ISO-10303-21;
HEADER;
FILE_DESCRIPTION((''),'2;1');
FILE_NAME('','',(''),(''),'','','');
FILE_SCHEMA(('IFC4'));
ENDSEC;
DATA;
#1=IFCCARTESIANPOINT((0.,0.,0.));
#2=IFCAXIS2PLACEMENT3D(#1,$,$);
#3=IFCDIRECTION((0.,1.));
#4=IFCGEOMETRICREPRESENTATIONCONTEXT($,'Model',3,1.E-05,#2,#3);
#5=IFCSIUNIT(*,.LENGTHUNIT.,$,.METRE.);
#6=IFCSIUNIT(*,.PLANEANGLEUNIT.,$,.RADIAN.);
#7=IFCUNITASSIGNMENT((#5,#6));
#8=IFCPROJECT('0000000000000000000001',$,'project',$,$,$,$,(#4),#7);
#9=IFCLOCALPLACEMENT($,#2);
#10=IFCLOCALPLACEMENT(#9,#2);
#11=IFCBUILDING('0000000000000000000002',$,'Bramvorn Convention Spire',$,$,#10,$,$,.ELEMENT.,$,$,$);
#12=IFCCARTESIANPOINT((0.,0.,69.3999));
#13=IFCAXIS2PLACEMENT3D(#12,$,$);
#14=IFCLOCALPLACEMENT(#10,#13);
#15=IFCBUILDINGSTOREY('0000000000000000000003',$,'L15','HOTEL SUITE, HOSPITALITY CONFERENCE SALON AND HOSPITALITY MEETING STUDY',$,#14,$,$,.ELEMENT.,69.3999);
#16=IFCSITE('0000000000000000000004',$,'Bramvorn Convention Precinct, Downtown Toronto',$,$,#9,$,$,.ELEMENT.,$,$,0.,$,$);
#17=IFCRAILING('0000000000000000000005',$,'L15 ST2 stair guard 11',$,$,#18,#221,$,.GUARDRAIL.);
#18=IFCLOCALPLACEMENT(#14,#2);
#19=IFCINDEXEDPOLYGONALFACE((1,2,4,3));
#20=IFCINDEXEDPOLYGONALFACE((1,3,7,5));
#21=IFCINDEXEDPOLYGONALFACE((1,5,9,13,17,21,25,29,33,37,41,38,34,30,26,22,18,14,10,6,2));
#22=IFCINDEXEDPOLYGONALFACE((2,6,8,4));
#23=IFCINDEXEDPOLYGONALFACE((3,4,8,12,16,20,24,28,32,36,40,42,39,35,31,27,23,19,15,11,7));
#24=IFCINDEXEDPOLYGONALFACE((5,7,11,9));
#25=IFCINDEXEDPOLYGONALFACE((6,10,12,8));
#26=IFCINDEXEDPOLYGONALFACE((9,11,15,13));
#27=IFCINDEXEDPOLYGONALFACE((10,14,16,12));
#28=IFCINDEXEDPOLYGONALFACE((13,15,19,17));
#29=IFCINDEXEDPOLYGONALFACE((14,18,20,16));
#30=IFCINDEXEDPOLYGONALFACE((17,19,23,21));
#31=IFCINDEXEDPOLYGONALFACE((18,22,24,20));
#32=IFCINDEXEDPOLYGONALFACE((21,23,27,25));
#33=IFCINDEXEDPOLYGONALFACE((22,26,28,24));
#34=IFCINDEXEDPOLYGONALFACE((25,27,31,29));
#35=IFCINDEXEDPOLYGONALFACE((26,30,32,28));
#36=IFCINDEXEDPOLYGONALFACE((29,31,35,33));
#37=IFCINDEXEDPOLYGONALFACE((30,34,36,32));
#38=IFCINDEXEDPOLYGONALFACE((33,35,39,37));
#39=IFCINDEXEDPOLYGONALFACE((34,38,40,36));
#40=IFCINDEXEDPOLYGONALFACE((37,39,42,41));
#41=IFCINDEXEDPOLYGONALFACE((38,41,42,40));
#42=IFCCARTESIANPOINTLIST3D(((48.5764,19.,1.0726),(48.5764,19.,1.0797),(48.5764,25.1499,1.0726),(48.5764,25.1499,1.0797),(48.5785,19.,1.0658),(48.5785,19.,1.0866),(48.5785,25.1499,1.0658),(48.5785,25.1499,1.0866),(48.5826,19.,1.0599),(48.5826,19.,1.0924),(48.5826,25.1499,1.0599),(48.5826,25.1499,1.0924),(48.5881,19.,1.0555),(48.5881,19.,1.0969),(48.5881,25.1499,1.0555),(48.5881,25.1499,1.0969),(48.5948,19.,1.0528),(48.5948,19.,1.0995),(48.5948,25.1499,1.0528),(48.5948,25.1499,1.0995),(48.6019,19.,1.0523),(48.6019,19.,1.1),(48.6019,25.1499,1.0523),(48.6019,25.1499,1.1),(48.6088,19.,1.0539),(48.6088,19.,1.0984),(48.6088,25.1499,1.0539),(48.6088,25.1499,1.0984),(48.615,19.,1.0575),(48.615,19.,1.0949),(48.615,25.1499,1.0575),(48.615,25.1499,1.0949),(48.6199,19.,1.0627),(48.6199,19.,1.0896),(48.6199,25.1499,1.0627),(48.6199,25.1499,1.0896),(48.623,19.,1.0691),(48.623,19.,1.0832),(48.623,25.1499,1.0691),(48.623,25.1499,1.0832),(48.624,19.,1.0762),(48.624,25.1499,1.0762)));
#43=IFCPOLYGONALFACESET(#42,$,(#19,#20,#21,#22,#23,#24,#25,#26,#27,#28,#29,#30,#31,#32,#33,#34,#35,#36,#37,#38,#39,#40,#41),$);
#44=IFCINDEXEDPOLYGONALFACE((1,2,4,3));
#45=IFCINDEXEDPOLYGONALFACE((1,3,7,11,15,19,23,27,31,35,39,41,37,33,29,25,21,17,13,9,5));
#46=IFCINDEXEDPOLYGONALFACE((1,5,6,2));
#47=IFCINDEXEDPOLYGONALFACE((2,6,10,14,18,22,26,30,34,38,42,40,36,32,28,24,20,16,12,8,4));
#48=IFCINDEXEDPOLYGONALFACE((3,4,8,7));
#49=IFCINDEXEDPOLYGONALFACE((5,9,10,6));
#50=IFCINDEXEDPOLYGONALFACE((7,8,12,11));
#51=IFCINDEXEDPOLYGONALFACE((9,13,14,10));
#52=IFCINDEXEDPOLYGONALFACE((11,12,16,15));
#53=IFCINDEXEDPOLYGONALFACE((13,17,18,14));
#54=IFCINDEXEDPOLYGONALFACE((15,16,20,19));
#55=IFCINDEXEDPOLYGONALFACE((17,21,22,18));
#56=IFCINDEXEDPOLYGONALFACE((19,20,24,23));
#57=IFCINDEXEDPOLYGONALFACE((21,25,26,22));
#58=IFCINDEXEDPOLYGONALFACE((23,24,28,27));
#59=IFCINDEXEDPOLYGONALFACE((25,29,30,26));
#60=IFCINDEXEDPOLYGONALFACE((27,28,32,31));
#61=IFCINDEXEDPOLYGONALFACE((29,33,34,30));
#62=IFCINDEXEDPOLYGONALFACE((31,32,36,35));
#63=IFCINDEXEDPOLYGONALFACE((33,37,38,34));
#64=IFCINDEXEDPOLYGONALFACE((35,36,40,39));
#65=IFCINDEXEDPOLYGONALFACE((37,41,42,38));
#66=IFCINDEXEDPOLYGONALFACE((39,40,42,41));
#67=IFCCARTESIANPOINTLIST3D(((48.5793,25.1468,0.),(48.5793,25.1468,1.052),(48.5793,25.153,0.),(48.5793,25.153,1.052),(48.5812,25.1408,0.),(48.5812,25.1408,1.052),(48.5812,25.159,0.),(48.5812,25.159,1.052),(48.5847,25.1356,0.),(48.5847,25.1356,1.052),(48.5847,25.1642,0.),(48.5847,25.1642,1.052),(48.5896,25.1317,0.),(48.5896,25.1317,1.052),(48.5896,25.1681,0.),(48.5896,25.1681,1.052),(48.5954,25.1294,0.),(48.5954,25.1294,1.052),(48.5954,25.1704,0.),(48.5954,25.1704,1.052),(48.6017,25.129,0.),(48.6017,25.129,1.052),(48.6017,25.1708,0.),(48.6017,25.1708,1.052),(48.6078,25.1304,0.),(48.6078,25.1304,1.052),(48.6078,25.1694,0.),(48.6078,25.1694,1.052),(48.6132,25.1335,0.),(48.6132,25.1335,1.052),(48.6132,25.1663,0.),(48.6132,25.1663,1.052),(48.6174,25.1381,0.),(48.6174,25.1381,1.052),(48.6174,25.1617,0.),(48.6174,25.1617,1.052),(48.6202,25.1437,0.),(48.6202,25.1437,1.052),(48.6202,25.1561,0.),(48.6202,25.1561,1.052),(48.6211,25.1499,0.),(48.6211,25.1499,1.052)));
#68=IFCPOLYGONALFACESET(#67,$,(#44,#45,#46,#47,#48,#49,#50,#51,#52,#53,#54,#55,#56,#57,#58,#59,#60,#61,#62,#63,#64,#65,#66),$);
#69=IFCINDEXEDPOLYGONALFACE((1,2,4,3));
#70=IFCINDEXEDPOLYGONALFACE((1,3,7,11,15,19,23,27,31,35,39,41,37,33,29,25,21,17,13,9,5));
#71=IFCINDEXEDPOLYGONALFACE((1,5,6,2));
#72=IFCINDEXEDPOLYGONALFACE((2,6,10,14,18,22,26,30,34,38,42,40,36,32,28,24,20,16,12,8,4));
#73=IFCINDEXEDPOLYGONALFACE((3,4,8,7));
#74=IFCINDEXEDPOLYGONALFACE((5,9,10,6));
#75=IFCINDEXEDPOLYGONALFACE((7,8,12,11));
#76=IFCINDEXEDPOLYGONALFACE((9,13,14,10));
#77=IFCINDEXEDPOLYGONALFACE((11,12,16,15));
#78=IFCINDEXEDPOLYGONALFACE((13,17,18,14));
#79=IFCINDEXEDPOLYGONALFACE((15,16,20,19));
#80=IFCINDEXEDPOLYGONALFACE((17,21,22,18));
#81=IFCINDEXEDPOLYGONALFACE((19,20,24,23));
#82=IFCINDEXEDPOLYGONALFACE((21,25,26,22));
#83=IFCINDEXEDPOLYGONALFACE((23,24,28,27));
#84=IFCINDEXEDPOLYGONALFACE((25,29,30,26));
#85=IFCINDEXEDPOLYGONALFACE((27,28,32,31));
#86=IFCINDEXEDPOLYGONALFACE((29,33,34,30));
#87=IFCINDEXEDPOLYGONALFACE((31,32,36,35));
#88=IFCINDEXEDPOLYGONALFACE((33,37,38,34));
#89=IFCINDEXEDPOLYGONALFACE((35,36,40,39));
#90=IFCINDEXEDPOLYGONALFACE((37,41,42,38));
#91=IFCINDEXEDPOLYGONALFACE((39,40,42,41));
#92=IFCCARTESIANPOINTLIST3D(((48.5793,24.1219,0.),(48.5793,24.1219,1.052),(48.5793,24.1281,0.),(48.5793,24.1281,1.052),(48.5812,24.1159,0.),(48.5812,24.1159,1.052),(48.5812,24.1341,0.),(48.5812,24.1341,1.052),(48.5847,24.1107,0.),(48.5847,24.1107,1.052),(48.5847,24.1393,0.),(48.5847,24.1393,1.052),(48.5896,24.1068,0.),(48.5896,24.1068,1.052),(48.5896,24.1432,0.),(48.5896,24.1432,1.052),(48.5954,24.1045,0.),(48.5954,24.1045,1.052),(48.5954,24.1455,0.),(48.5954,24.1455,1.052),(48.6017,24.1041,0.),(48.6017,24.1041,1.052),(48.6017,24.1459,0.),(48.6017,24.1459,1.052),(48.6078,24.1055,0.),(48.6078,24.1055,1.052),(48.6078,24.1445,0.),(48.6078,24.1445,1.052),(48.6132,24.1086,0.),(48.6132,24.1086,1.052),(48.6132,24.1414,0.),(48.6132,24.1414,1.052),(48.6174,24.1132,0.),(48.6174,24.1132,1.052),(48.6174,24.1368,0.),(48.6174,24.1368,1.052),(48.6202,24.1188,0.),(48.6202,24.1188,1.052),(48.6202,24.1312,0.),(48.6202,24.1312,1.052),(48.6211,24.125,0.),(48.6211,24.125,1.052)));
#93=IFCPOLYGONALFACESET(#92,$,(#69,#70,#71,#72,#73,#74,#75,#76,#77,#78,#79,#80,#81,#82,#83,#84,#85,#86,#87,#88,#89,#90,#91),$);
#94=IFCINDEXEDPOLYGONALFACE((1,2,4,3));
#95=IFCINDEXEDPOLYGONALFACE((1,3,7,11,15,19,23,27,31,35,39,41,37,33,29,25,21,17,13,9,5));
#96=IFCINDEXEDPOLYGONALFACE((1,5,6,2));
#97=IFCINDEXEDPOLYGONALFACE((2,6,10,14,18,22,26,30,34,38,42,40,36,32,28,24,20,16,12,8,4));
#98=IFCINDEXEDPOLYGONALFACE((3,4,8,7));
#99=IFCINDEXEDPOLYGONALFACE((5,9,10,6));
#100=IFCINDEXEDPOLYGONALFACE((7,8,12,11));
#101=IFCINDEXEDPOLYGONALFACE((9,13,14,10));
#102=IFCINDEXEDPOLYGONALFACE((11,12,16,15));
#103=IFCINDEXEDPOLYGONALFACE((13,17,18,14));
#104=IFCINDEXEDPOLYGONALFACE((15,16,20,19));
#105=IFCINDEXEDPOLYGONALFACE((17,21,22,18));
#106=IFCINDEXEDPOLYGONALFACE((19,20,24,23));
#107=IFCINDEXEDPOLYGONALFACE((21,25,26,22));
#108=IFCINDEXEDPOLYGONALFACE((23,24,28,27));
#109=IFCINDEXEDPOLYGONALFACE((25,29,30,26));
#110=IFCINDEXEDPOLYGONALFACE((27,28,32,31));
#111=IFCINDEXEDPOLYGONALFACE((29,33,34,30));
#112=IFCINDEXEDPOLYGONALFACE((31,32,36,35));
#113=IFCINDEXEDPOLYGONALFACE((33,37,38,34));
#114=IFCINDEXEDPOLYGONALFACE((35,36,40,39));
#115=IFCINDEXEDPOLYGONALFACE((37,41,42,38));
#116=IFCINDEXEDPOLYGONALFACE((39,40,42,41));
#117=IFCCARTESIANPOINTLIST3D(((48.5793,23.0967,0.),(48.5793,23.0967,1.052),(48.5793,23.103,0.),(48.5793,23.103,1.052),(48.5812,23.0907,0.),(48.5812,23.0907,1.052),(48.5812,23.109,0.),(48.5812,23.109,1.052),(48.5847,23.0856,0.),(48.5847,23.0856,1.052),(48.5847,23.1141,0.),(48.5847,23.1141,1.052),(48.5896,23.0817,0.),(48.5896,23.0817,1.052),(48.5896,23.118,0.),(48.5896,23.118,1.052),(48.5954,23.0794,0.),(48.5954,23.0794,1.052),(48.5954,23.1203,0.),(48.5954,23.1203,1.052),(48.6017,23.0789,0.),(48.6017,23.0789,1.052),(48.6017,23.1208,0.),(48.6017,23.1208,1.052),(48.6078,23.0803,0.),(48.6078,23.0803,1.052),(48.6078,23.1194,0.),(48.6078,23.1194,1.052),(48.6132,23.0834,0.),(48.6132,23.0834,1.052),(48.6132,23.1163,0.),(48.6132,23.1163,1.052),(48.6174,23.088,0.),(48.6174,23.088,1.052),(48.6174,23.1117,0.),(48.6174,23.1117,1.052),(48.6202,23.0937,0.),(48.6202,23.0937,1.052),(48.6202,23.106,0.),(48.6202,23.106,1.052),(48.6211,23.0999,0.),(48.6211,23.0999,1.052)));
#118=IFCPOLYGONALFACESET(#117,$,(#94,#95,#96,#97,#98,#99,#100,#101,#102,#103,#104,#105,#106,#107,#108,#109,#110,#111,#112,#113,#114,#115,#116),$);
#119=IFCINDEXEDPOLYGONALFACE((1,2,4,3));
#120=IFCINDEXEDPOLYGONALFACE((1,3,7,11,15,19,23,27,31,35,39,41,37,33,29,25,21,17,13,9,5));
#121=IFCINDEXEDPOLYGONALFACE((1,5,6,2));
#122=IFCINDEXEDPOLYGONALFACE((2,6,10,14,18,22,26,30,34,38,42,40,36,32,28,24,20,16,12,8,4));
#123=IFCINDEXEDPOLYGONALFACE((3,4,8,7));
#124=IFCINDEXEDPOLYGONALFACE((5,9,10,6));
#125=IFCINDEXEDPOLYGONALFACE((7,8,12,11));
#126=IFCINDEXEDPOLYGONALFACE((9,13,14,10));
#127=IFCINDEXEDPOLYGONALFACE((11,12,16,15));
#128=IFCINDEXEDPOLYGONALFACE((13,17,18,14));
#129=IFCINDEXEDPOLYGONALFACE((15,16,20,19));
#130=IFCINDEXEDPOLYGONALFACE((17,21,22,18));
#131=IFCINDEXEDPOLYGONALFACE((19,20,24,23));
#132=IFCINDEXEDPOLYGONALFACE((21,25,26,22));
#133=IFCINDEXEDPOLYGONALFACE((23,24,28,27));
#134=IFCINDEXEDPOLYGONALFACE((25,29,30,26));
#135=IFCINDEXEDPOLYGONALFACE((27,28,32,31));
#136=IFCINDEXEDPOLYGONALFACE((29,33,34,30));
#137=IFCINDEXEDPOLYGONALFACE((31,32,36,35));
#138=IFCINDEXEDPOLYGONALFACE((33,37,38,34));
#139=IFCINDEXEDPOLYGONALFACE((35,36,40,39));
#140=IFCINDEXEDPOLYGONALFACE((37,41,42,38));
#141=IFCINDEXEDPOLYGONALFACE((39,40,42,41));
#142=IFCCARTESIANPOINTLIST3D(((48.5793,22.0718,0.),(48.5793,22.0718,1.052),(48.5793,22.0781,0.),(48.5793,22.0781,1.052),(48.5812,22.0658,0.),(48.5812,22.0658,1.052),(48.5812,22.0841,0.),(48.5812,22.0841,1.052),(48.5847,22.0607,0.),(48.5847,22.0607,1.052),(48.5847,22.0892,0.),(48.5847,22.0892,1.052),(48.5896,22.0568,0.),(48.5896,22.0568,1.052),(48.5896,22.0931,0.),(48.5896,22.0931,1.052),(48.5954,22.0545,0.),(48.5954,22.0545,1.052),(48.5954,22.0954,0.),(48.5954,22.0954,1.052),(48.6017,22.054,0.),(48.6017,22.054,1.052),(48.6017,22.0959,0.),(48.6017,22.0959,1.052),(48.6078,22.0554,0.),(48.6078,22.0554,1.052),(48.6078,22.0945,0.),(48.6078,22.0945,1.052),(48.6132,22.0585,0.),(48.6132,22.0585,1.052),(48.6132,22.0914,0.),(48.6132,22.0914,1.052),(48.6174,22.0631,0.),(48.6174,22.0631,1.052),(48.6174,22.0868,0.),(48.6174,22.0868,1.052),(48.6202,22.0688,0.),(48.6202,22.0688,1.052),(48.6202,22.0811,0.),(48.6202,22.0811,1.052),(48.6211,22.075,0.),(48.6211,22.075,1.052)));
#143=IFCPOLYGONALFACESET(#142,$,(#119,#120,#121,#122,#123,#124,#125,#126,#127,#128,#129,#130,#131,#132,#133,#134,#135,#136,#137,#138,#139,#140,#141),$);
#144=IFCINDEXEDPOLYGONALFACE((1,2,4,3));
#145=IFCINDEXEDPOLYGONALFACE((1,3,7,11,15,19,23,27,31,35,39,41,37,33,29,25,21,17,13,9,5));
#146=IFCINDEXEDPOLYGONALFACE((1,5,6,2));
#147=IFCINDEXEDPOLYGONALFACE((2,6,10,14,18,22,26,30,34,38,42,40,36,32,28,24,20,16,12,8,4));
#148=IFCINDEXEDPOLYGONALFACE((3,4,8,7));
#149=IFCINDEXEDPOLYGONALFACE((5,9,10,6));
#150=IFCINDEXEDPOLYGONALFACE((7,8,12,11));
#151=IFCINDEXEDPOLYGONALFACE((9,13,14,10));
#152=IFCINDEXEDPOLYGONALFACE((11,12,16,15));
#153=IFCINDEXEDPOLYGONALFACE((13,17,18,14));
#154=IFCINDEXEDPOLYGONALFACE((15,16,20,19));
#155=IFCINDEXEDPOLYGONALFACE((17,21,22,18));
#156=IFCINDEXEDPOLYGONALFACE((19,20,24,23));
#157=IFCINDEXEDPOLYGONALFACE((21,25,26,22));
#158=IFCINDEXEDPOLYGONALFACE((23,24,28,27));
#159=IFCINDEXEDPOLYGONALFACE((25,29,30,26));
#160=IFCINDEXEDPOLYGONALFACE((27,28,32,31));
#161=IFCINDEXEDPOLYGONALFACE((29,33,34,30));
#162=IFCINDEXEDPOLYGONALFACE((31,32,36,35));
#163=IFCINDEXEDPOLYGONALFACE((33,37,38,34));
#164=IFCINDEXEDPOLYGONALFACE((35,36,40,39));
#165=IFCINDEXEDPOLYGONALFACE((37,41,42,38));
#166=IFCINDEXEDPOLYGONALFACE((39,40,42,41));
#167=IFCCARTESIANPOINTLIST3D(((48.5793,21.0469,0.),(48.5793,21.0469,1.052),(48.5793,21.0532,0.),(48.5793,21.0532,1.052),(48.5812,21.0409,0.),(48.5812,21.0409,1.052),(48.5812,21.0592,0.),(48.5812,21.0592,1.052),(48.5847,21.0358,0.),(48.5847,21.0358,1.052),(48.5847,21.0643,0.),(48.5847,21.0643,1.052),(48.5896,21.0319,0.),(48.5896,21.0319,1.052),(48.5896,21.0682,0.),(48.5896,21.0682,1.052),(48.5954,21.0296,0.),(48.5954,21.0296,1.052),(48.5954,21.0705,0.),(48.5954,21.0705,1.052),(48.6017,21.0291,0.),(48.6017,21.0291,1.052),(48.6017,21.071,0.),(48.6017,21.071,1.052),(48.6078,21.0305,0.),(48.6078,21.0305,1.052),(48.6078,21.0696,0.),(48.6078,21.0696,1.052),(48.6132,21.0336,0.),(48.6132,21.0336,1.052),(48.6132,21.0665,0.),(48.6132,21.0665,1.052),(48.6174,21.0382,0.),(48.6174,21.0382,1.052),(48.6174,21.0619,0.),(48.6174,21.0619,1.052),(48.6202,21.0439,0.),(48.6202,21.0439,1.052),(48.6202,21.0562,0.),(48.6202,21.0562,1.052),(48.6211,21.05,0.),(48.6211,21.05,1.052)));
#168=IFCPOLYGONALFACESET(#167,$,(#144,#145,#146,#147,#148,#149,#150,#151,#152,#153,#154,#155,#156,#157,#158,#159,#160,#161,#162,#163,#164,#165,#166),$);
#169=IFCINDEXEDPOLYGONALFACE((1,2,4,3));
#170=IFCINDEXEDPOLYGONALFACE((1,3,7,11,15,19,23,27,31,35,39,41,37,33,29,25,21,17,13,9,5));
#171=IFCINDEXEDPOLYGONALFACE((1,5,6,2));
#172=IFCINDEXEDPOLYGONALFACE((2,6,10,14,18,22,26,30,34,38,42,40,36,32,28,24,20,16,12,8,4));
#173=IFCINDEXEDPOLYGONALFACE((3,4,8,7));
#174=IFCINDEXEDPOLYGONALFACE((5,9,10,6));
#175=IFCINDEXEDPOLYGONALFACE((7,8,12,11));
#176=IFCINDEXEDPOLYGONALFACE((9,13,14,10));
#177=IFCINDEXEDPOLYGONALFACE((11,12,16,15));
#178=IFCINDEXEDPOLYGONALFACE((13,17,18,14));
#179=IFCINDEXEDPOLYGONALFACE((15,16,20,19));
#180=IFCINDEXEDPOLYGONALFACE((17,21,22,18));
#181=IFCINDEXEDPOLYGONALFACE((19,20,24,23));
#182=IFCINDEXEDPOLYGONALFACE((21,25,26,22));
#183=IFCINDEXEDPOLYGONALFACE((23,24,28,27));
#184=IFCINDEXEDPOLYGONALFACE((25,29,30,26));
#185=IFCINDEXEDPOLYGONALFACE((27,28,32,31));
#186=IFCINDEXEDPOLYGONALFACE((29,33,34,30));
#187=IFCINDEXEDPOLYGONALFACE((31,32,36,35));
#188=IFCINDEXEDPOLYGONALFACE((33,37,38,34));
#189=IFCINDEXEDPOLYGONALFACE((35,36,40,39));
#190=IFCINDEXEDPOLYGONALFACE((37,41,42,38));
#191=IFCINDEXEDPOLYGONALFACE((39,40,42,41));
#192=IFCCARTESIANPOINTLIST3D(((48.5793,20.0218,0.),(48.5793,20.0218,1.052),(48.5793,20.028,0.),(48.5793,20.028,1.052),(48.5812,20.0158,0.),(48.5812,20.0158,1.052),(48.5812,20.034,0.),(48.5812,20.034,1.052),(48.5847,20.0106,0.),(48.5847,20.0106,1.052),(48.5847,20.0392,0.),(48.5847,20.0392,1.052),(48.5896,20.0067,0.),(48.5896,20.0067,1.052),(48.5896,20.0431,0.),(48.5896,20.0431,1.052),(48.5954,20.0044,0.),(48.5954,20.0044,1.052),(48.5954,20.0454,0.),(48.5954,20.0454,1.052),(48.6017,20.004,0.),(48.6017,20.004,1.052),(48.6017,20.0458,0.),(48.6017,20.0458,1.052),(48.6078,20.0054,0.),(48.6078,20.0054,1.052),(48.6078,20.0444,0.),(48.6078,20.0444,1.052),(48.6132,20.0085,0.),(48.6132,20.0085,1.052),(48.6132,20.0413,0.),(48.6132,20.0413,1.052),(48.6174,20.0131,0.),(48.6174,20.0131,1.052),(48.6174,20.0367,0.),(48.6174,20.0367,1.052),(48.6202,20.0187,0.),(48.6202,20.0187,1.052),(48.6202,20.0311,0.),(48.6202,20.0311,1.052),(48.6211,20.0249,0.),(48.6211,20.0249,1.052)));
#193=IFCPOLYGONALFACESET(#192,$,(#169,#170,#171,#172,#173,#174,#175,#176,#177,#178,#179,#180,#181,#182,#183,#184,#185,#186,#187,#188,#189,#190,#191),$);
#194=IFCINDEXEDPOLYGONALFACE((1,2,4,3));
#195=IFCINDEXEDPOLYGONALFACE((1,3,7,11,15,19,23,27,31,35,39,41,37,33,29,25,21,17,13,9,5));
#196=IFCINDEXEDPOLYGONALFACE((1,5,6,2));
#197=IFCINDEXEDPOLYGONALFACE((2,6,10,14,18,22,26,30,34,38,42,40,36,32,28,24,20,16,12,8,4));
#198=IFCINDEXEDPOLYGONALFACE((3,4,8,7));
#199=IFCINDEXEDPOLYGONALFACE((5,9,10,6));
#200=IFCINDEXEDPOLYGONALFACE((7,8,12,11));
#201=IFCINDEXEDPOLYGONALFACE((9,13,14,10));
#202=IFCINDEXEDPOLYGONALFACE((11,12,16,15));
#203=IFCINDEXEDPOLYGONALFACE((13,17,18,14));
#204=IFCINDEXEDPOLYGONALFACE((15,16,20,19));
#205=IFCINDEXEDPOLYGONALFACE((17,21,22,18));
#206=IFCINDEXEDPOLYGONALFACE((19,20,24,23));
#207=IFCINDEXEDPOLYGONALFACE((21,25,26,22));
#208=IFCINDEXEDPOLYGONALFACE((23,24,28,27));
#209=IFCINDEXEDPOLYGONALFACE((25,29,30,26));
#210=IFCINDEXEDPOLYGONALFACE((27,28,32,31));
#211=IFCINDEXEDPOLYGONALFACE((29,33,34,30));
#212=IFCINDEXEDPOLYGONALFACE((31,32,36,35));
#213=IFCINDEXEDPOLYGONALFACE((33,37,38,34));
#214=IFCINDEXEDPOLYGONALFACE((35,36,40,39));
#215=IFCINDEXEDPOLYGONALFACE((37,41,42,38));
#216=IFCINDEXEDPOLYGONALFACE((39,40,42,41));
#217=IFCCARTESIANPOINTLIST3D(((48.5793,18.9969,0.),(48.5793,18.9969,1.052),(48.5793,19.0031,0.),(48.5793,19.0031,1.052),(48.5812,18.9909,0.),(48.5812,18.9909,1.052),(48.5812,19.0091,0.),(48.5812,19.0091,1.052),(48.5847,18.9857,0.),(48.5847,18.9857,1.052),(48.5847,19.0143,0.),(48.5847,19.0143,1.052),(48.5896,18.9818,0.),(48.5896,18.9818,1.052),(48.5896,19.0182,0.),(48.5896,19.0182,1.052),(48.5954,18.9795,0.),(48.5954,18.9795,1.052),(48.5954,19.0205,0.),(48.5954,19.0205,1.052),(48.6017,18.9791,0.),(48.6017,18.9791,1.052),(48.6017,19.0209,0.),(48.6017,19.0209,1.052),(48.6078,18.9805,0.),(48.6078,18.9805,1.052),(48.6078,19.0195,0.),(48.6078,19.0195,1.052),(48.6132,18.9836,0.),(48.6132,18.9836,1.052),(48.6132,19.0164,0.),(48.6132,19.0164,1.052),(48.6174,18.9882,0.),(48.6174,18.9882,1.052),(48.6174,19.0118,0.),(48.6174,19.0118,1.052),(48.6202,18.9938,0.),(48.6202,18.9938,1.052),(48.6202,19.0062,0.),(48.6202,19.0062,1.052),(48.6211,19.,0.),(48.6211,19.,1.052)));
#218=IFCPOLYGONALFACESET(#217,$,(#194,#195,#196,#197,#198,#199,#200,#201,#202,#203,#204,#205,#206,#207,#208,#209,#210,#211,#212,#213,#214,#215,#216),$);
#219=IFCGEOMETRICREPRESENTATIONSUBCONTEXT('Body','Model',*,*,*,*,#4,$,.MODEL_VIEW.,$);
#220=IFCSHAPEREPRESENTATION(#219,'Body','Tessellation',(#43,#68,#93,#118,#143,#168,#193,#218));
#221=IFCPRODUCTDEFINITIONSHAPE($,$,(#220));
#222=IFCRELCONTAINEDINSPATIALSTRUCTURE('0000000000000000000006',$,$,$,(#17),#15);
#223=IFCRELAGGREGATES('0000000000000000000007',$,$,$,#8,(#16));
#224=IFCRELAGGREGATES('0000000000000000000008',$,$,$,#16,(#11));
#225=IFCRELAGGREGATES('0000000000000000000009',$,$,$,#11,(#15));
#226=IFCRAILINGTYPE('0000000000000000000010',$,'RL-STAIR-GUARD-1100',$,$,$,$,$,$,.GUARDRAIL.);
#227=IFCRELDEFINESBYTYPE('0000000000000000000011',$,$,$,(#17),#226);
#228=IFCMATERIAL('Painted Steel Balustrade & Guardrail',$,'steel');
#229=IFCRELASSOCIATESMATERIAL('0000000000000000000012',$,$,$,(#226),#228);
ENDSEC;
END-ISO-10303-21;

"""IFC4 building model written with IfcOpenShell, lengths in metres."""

from ifc_helpers import new_model, si_unit, direction, frame, origin, origin_2d, place, context, subcontext, project, spatial, circle, extrude, material, type_object, element, save


model = new_model("IFC4")

# Units and contexts
model_context = context("Model", 3, precision=1e-05, world=origin(), true_north=direction((0.0, 1.0)))
body_context = subcontext(model_context, "Body", "Model", "MODEL_VIEW")
ifc_project = project(units=[si_unit("LENGTHUNIT", "METRE"), si_unit("PLANEANGLEUNIT", "RADIAN")], contexts=[model_context])

# Site, building, storey
site_placement = place(None, origin())
site = spatial("IfcSite", under=ifc_project, at=site_placement, Name="Bramvorn Convention Precinct, Downtown Toronto", CompositionType="ELEMENT", RefElevation=0.0)
building_placement = place(site_placement, origin())
building = spatial("IfcBuilding", under=site, at=building_placement, Name="Bramvorn Convention Spire", CompositionType="ELEMENT")
storey_placement = place(building_placement, frame((0.0, 0.0, 69.3999)))
storey = spatial("IfcBuildingStorey", under=building, at=storey_placement, Name="L15", Description="HOTEL SUITE, HOSPITALITY CONFERENCE SALON AND HOSPITALITY MEETING STUDY", CompositionType="ELEMENT", Elevation=69.3999)

# Railing
ifc_material_1 = material(Name="Painted Steel Balustrade & Guardrail", Category="steel")
railing_type = type_object("IfcRailingType", Name="RL-STAIR-GUARD-1100", PredefinedType="GUARDRAIL", material=ifc_material_1)
railing_1_placement = place(storey_placement, frame((48.6001, 25.1499, 0.0)))
element("IfcRailing", 1, at=railing_1_placement, inside=storey, type_object=railing_type, Name="L15 ST2 stair guard 11", PredefinedType="GUARDRAIL", context=body_context, shape_type="SweptSolid", body=[
    extrude(circle(Radius=0.0239, at=origin_2d()), frame((0.0, 0.0, 1.0762), z_axis=(0.0, -1.0, 0.0), x_axis=(1.0, 0.0, 0.0)), (0.0, 0.0, 1.0), 6.1499),
    extrude(circle(Radius=0.021, at=origin_2d()), origin(), (0.0, 0.0, 1.0), 1.052),
    extrude(circle(Radius=0.021, at=origin_2d()), frame((0.0, -1.0249, 0.0)), (0.0, 0.0, 1.0), 1.052),
    extrude(circle(Radius=0.021, at=origin_2d()), frame((0.0, -2.05, 0.0)), (0.0, 0.0, 1.0), 1.052),
    extrude(circle(Radius=0.021, at=origin_2d()), frame((0.0, -3.075, 0.0)), (0.0, 0.0, 1.0), 1.052),
    extrude(circle(Radius=0.021, at=origin_2d()), frame((0.0, -4.0999, 0.0)), (0.0, 0.0, 1.0), 1.052),
    extrude(circle(Radius=0.021, at=origin_2d()), frame((0.0, -5.125, 0.0)), (0.0, 0.0, 1.0), 1.052),
    extrude(circle(Radius=0.021, at=origin_2d()), frame((0.0, -6.1499, 0.0)), (0.0, 0.0, 1.0), 1.052),
])

save(model, "model.ifc")
